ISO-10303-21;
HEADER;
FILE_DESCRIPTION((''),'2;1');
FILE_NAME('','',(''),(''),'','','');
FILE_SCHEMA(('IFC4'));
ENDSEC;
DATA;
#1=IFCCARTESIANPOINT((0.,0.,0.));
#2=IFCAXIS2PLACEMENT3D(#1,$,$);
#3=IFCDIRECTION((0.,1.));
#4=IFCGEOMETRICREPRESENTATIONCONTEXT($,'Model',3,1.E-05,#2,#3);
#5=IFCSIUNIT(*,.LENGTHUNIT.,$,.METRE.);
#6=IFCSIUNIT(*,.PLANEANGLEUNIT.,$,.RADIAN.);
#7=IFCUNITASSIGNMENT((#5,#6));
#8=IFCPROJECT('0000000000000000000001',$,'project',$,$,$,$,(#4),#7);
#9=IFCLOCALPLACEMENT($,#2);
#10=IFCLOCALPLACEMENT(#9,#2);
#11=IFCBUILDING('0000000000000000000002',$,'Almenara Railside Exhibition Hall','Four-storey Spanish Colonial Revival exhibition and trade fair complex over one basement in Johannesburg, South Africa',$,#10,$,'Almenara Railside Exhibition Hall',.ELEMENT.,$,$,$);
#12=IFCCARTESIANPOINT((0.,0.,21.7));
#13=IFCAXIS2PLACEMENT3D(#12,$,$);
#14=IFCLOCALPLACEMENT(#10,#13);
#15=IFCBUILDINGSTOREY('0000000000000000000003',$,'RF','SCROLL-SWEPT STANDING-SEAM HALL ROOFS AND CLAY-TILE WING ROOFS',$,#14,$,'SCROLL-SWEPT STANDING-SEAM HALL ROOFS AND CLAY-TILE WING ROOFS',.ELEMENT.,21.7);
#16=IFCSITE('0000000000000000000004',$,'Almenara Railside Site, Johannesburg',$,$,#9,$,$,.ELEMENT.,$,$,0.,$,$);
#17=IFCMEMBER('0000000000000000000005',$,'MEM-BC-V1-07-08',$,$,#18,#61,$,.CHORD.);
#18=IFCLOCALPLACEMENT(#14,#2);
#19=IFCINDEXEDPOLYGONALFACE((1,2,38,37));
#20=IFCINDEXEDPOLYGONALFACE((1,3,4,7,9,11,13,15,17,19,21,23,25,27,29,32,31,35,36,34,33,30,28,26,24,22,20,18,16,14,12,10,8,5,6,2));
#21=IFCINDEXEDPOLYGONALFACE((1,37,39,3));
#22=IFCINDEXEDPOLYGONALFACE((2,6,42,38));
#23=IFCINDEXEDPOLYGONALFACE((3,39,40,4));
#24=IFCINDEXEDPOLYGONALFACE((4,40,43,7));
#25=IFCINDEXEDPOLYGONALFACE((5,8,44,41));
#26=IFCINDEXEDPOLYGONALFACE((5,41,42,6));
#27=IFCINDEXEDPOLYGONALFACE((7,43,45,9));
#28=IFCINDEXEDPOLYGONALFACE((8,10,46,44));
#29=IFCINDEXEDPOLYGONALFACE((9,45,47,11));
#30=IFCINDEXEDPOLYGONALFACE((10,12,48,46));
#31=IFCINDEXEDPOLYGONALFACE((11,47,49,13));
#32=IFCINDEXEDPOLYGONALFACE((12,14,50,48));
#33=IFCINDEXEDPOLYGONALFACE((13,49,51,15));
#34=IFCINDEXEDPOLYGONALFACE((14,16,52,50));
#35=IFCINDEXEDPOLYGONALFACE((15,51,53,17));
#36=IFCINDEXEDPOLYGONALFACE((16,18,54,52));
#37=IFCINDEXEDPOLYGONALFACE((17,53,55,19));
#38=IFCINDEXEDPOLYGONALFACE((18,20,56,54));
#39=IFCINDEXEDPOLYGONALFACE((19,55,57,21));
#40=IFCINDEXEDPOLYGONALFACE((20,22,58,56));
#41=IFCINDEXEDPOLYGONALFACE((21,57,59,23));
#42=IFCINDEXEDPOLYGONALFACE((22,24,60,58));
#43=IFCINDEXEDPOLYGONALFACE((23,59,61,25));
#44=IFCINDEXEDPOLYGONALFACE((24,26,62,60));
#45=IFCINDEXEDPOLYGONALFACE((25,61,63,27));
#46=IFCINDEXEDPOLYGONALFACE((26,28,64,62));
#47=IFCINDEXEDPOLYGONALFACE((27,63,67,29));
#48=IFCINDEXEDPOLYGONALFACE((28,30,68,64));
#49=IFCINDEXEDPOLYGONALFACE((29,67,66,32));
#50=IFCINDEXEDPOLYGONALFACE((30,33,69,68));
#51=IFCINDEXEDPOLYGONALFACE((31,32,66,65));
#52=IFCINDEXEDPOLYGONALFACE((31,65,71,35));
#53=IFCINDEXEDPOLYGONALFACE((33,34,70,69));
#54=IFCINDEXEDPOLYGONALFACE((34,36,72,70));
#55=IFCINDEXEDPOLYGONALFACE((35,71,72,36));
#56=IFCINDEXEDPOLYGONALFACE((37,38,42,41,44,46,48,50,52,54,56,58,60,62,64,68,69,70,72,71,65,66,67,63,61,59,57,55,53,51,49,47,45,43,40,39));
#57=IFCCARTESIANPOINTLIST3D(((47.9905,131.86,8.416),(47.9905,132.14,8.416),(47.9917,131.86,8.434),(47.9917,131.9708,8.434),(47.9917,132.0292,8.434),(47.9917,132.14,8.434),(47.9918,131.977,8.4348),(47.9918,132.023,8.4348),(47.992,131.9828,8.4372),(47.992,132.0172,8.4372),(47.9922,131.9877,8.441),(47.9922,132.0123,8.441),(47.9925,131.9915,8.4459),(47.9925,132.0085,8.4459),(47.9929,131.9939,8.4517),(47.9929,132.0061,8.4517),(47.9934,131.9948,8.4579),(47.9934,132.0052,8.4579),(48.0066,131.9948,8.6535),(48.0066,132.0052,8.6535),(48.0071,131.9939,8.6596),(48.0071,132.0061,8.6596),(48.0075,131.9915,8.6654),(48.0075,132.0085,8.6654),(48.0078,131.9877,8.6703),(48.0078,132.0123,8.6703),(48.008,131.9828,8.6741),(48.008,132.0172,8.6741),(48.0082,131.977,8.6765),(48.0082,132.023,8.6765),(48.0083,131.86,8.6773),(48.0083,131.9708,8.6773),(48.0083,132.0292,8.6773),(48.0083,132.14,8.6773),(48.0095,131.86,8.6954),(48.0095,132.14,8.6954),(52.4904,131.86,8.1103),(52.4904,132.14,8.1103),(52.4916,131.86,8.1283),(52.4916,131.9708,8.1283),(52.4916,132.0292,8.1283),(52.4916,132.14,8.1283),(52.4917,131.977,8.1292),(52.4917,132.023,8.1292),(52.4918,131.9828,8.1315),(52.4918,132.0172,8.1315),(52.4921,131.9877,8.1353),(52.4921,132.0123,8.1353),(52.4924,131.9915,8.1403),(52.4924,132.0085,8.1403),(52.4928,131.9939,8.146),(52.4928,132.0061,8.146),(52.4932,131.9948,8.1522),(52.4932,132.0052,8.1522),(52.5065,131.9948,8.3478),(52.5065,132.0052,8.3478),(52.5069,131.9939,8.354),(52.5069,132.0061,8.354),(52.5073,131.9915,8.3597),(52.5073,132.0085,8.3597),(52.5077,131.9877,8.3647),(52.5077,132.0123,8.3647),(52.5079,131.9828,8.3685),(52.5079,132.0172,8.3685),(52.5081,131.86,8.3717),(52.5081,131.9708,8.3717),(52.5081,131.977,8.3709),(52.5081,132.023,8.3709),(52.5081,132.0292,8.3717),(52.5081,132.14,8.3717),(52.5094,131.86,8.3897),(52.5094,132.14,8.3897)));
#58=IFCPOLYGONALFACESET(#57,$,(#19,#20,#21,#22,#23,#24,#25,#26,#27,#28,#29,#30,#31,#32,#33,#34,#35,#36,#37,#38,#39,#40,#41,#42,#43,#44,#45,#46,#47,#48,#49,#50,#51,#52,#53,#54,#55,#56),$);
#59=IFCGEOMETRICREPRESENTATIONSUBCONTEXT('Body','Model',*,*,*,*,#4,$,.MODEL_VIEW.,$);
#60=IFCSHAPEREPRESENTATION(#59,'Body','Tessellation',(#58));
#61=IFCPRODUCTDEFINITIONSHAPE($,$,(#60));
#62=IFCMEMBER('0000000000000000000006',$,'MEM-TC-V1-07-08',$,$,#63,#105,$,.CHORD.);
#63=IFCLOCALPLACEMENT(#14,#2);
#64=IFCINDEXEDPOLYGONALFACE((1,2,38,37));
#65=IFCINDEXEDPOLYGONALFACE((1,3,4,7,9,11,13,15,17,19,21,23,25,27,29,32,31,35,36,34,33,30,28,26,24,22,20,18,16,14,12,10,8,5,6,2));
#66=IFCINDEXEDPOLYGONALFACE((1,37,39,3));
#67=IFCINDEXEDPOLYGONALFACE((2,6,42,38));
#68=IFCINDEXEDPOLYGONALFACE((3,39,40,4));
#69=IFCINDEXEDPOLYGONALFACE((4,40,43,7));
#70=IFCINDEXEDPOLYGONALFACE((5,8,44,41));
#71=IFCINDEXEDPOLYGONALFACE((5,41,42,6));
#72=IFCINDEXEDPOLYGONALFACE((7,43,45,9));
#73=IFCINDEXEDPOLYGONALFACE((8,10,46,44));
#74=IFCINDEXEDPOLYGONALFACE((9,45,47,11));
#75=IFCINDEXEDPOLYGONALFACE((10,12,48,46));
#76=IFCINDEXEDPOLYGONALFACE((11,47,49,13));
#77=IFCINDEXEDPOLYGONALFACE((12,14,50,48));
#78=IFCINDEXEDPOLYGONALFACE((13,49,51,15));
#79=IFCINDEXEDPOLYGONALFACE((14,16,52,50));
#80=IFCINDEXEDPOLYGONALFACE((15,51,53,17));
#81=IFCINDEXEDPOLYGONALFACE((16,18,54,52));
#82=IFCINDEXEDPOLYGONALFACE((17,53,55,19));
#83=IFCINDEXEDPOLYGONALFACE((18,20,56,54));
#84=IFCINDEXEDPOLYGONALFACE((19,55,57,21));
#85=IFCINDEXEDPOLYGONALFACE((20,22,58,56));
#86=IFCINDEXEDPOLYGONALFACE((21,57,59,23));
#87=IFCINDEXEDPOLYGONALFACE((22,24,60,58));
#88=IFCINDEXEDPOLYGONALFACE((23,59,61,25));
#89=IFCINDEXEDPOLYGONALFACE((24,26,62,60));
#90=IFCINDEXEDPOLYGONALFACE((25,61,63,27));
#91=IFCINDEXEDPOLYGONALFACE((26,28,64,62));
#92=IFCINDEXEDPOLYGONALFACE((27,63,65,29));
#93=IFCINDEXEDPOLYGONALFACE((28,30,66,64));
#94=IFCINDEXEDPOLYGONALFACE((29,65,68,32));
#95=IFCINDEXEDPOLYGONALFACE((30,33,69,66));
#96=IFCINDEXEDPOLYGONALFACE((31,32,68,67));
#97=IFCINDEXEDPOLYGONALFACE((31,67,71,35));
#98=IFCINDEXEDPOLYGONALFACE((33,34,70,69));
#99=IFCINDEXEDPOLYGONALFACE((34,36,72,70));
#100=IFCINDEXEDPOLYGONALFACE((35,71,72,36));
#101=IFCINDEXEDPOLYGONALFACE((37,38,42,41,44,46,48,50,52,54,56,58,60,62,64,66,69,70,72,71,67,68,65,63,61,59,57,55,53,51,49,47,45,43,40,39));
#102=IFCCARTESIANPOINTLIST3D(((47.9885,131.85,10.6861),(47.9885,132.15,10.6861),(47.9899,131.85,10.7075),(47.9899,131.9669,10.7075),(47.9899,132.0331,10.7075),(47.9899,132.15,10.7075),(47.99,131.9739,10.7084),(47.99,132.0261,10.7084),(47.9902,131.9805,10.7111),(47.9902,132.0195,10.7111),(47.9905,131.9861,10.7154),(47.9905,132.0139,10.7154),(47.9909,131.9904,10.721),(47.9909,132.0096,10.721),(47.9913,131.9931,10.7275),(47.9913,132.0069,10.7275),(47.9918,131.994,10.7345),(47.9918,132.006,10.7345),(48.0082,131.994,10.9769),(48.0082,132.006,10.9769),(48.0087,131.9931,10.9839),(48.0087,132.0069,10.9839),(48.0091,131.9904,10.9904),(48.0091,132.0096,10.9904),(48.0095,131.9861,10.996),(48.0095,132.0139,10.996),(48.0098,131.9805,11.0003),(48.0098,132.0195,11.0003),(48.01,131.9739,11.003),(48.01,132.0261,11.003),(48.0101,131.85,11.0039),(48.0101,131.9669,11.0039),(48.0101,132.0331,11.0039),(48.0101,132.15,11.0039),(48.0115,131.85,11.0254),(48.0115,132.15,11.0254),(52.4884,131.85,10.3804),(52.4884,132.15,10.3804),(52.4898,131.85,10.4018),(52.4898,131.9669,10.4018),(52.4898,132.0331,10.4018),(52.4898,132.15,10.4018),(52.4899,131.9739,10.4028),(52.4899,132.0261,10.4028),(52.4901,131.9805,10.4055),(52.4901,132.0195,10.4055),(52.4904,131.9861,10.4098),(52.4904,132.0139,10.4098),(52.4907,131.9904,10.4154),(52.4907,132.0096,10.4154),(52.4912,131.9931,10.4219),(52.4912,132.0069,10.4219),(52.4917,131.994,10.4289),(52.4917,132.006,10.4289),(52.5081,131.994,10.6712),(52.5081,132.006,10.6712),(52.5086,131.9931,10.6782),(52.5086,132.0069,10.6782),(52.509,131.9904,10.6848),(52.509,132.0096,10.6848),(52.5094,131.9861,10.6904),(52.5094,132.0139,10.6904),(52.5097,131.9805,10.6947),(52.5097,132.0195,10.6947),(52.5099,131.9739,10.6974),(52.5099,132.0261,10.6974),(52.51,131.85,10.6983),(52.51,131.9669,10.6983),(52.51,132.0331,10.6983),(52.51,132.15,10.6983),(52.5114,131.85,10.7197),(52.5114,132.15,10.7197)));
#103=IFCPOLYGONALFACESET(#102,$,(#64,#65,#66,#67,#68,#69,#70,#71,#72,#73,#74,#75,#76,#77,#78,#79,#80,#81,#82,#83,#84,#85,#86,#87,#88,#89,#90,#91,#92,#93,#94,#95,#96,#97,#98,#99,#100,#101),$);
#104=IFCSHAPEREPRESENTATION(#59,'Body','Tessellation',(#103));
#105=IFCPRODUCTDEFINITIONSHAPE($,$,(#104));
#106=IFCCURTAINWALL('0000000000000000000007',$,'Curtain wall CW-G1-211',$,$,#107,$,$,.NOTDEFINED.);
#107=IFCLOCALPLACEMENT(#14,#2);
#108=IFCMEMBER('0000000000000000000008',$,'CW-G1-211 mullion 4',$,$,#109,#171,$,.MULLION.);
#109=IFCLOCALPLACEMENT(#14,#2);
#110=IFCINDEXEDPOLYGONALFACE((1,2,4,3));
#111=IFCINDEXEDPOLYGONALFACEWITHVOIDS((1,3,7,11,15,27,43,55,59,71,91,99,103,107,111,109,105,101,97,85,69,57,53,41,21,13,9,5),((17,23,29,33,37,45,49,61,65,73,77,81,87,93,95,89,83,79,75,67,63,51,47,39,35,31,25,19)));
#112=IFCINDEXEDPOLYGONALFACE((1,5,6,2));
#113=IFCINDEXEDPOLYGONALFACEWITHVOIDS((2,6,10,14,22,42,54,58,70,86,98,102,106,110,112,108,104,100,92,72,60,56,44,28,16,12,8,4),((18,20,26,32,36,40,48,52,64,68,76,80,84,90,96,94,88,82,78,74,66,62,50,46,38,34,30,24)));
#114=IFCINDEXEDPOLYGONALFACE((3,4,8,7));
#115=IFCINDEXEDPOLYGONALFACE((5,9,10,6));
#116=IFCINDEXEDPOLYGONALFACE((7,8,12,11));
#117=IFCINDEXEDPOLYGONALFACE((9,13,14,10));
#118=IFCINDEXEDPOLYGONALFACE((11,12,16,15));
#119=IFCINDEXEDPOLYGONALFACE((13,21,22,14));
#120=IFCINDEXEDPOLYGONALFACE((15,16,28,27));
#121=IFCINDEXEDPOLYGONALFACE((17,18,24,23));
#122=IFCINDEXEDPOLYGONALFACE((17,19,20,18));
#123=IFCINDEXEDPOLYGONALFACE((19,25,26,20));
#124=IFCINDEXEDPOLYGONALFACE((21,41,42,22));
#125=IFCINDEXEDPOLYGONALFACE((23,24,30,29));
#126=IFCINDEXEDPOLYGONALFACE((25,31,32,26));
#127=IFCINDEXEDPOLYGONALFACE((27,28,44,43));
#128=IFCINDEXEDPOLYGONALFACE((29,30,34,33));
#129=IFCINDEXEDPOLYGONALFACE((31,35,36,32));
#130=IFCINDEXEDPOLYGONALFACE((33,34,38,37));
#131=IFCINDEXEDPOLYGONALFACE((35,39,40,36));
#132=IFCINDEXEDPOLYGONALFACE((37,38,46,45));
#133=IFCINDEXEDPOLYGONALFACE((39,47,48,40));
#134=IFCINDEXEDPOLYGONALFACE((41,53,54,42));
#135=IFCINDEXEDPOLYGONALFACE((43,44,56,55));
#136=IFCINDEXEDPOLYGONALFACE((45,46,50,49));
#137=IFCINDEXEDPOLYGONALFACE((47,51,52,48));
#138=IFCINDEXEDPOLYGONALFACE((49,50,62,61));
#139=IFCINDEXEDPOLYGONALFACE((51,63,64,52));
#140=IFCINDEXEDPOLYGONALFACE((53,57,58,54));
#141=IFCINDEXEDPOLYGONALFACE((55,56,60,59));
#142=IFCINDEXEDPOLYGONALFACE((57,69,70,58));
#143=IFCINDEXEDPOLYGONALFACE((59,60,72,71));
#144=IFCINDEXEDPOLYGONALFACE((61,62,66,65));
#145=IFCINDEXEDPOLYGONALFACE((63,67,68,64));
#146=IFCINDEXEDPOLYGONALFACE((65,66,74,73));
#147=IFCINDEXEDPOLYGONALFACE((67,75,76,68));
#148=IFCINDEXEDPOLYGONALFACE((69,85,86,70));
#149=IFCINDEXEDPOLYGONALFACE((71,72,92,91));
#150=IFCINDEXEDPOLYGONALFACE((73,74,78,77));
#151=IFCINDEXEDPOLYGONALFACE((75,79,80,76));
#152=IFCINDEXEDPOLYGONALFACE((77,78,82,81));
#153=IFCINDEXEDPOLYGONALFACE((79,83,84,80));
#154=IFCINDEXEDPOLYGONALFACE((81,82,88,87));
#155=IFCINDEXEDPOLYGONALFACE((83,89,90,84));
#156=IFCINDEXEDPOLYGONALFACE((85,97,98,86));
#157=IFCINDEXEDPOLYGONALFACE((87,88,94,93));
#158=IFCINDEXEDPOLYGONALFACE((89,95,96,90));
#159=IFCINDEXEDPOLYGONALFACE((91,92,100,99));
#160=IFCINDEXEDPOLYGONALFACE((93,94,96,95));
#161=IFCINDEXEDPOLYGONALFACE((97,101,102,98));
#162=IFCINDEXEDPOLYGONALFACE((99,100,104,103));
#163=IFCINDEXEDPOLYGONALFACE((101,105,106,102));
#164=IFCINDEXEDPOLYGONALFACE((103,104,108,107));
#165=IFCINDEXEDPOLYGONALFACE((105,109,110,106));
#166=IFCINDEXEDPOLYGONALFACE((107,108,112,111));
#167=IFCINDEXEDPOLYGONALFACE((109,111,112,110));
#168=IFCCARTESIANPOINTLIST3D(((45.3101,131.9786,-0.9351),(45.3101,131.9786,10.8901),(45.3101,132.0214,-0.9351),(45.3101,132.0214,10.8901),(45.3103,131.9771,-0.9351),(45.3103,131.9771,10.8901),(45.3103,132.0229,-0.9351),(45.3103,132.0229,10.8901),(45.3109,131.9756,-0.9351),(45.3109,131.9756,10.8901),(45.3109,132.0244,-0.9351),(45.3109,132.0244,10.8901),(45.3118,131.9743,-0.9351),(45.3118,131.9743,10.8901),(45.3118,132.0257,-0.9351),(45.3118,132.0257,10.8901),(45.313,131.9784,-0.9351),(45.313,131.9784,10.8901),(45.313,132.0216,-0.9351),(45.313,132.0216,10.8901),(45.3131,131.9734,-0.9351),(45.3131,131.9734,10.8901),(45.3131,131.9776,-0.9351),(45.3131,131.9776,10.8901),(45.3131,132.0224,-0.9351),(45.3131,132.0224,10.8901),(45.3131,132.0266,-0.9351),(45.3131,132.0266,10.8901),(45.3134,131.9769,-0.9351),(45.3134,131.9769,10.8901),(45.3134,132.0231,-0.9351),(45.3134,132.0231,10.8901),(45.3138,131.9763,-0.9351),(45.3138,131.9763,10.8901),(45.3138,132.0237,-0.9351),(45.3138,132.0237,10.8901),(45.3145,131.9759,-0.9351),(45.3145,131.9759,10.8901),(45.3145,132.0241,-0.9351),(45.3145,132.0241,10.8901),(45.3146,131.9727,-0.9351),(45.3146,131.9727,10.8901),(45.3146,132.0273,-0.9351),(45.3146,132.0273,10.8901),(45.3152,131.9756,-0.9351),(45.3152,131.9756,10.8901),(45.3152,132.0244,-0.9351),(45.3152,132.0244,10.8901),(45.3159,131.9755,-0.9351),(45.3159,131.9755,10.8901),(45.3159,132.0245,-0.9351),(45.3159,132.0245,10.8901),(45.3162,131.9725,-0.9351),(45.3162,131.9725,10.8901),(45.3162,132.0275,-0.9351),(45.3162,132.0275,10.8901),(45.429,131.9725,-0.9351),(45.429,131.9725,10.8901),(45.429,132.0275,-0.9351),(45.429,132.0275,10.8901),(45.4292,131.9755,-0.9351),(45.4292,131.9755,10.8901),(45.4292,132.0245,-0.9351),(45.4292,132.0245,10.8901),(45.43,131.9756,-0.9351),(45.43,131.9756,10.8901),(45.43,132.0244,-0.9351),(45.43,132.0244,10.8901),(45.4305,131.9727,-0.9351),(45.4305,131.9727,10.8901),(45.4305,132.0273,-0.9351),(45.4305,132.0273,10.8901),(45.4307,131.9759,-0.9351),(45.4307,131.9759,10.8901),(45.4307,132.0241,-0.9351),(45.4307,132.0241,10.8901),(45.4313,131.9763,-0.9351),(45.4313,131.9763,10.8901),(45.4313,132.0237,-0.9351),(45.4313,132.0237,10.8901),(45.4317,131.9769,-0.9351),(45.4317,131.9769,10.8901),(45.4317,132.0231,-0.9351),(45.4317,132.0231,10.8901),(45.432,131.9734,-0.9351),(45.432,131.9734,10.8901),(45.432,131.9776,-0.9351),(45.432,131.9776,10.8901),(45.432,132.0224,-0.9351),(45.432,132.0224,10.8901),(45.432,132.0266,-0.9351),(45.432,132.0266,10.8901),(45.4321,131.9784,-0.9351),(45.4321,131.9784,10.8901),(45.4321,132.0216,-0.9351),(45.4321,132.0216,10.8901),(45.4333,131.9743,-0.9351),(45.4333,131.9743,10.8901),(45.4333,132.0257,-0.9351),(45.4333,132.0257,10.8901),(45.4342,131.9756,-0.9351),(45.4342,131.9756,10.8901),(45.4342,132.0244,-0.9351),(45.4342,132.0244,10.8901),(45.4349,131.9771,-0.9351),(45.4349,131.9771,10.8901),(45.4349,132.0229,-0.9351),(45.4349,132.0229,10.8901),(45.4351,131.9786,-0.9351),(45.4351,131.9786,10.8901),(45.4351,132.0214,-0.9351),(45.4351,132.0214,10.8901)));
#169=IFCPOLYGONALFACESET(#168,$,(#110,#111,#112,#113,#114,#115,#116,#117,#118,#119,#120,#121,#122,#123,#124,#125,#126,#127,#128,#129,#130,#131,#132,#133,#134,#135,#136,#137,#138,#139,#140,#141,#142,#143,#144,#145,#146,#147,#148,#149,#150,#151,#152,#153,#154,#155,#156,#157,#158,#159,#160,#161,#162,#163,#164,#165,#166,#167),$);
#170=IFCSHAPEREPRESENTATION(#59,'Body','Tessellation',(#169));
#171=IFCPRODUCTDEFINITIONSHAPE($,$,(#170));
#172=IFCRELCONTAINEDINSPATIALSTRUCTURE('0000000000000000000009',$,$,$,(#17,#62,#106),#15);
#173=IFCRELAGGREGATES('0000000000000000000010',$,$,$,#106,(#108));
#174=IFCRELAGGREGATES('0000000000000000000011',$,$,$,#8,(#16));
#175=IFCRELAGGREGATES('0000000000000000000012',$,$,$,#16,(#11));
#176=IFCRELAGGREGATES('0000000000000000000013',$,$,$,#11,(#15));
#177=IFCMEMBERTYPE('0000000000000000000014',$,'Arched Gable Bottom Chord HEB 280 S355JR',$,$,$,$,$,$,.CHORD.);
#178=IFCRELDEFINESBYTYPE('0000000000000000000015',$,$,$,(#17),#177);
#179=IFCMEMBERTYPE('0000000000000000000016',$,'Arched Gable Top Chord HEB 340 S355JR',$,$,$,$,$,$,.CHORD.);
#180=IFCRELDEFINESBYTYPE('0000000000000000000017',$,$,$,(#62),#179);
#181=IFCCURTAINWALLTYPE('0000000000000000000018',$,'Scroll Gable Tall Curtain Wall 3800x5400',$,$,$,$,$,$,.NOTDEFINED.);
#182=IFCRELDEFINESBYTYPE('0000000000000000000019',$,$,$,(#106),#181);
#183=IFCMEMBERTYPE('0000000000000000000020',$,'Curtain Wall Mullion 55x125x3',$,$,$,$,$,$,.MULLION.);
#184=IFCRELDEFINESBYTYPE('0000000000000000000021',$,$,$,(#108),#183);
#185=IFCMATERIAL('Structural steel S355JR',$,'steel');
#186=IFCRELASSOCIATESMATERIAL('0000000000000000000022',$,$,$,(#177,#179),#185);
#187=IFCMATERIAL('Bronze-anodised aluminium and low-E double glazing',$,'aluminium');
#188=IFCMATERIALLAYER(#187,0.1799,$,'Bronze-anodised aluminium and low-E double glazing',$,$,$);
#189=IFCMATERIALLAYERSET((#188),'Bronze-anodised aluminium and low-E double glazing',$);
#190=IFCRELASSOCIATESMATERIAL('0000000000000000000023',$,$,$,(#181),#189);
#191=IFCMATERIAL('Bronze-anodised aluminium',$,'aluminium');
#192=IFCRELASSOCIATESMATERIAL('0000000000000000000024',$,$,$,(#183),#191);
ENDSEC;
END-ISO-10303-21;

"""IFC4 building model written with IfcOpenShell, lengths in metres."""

from ifc_helpers import new_model, si_unit, direction, frame, origin, origin_2d, place, context, subcontext, project, spatial, hollow_rectangle, i_section, extrude, material, layer, layer_set, material_profile, profile_set, type_object, element, aggregate, save


model = new_model("IFC4")

# Units and contexts
model_context = context("Model", 3, precision=1e-05, world=origin(), true_north=direction((0.0, 1.0)))
body_context = subcontext(model_context, "Body", "Model", "MODEL_VIEW")
ifc_project = project(units=[si_unit("LENGTHUNIT", "METRE"), si_unit("PLANEANGLEUNIT", "RADIAN")], contexts=[model_context])

# Site, building, storey
site_placement = place(None, origin())
site = spatial("IfcSite", under=ifc_project, at=site_placement, Name="Almenara Railside Site, Johannesburg", CompositionType="ELEMENT", RefElevation=0.0)
building_placement = place(site_placement, origin())
building = spatial("IfcBuilding", under=site, at=building_placement, Name="Almenara Railside Exhibition Hall", Description="Four-storey Spanish Colonial Revival exhibition and trade fair complex over one basement in Johannesburg, South Africa", LongName="Almenara Railside Exhibition Hall", CompositionType="ELEMENT")
storey_placement = place(building_placement, frame((0.0, 0.0, 21.7)))
storey = spatial("IfcBuildingStorey", under=building, at=storey_placement, Name="RF", Description="SCROLL-SWEPT STANDING-SEAM HALL ROOFS AND CLAY-TILE WING ROOFS", LongName="SCROLL-SWEPT STANDING-SEAM HALL ROOFS AND CLAY-TILE WING ROOFS", CompositionType="ELEMENT", Elevation=21.7)

# Members
ifc_material_1 = material(Name="Structural steel S355JR", Category="steel")
ifc_material_profile_1 = material_profile(ifc_material_1, i_section(OverallWidth=0.28, OverallDepth=0.28, WebThickness=0.0105, FlangeThickness=0.0181, FilletRadius=0.0239, at=origin_2d()), Name="HEB 280")
ifc_profile_set_1 = profile_set([ifc_material_profile_1], Name="Structural steel S355JR")
member_type_1 = type_object("IfcMemberType", Name="Arched Gable Bottom Chord HEB 280 S355JR", PredefinedType="CHORD", material=ifc_profile_set_1)
member_1_placement = place(storey_placement, frame((48.0, 132.0, 8.5557), z_axis=(0.997701, 0.0, -0.067769), x_axis=(0.0, 1.0, 0.0)))
element("IfcMember", 1, at=member_1_placement, inside=storey, type_object=member_type_1, Name="MEM-BC-V1-07-08", PredefinedType="CHORD", context=body_context, shape_type="SweptSolid", body=[
    extrude(i_section(OverallWidth=0.28, OverallDepth=0.28, WebThickness=0.0105, FlangeThickness=0.0181, FilletRadius=0.0239, at=origin_2d()), origin(), (0.0, 0.0, 1.0), 4.5103),
])
ifc_material_profile_2 = material_profile(ifc_material_1, i_section(OverallWidth=0.3, OverallDepth=0.3401, WebThickness=0.012, FlangeThickness=0.0215, FilletRadius=0.0271, at=origin_2d()), Name="HEB 340")
ifc_profile_set_2 = profile_set([ifc_material_profile_2], Name="Structural steel S355JR")
member_type_2 = type_object("IfcMemberType", Name="Arched Gable Top Chord HEB 340 S355JR", PredefinedType="CHORD", material=ifc_profile_set_2)
member_2_placement = place(storey_placement, frame((48.0, 132.0, 10.8557), z_axis=(0.997701, 0.0, -0.067769), x_axis=(0.0, 1.0, 0.0)))
element("IfcMember", 2, at=member_2_placement, inside=storey, type_object=member_type_2, Name="MEM-TC-V1-07-08", PredefinedType="CHORD", context=body_context, shape_type="SweptSolid", body=[
    extrude(i_section(OverallWidth=0.3, OverallDepth=0.3401, WebThickness=0.012, FlangeThickness=0.0215, FilletRadius=0.0271, at=origin_2d()), origin(), (0.0, 0.0, 1.0), 4.5103),
])

# Curtain wall, member
ifc_material_2 = material(Name="Bronze-anodised aluminium and low-E double glazing", Category="aluminium")
ifc_layer_1 = layer(ifc_material_2, 0.1799, Name="Bronze-anodised aluminium and low-E double glazing")
ifc_layer_set_1 = layer_set([ifc_layer_1], Name="Bronze-anodised aluminium and low-E double glazing")
curtain_wall_type = type_object("IfcCurtainWallType", Name="Scroll Gable Tall Curtain Wall 3800x5400", PredefinedType="NOTDEFINED", material=ifc_layer_set_1)
curtain_wall_1_placement = place(storey_placement, origin())
curtain_wall_1 = element("IfcCurtainWall", 3, at=curtain_wall_1_placement, inside=storey, type_object=curtain_wall_type, Name="Curtain wall CW-G1-211", PredefinedType="NOTDEFINED")
ifc_material_3 = material(Name="Bronze-anodised aluminium", Category="aluminium")
ifc_material_profile_3 = material_profile(ifc_material_3, hollow_rectangle(XDim=0.0549, YDim=0.125, WallThickness=0.0029, InnerFilletRadius=0.0029, OuterFilletRadius=0.0061, at=origin_2d()), Name="ALU-MUL 55x125x3")
ifc_profile_set_3 = profile_set([ifc_material_profile_3], Name="Bronze-anodised aluminium")
member_type_3 = type_object("IfcMemberType", Name="Curtain Wall Mullion 55x125x3", PredefinedType="MULLION", material=ifc_profile_set_3)
member_3_placement = place(storey_placement, frame((45.3726, 132.0, -0.9351), z_axis=(0.0, 0.0, 1.0), x_axis=(0.0, 1.0, 0.0)))
member_3 = element("IfcMember", 4, at=member_3_placement, type_object=member_type_3, Name="CW-G1-211 mullion 4", PredefinedType="MULLION", context=body_context, shape_type="SweptSolid", body=[
    extrude(hollow_rectangle(XDim=0.0549, YDim=0.125, WallThickness=0.0029, InnerFilletRadius=0.0029, OuterFilletRadius=0.0061, at=origin_2d()), origin(), (0.0, 0.0, 1.0), 11.8252),
])

aggregate(curtain_wall_1, [member_3])

save(model, "model.ifc")
